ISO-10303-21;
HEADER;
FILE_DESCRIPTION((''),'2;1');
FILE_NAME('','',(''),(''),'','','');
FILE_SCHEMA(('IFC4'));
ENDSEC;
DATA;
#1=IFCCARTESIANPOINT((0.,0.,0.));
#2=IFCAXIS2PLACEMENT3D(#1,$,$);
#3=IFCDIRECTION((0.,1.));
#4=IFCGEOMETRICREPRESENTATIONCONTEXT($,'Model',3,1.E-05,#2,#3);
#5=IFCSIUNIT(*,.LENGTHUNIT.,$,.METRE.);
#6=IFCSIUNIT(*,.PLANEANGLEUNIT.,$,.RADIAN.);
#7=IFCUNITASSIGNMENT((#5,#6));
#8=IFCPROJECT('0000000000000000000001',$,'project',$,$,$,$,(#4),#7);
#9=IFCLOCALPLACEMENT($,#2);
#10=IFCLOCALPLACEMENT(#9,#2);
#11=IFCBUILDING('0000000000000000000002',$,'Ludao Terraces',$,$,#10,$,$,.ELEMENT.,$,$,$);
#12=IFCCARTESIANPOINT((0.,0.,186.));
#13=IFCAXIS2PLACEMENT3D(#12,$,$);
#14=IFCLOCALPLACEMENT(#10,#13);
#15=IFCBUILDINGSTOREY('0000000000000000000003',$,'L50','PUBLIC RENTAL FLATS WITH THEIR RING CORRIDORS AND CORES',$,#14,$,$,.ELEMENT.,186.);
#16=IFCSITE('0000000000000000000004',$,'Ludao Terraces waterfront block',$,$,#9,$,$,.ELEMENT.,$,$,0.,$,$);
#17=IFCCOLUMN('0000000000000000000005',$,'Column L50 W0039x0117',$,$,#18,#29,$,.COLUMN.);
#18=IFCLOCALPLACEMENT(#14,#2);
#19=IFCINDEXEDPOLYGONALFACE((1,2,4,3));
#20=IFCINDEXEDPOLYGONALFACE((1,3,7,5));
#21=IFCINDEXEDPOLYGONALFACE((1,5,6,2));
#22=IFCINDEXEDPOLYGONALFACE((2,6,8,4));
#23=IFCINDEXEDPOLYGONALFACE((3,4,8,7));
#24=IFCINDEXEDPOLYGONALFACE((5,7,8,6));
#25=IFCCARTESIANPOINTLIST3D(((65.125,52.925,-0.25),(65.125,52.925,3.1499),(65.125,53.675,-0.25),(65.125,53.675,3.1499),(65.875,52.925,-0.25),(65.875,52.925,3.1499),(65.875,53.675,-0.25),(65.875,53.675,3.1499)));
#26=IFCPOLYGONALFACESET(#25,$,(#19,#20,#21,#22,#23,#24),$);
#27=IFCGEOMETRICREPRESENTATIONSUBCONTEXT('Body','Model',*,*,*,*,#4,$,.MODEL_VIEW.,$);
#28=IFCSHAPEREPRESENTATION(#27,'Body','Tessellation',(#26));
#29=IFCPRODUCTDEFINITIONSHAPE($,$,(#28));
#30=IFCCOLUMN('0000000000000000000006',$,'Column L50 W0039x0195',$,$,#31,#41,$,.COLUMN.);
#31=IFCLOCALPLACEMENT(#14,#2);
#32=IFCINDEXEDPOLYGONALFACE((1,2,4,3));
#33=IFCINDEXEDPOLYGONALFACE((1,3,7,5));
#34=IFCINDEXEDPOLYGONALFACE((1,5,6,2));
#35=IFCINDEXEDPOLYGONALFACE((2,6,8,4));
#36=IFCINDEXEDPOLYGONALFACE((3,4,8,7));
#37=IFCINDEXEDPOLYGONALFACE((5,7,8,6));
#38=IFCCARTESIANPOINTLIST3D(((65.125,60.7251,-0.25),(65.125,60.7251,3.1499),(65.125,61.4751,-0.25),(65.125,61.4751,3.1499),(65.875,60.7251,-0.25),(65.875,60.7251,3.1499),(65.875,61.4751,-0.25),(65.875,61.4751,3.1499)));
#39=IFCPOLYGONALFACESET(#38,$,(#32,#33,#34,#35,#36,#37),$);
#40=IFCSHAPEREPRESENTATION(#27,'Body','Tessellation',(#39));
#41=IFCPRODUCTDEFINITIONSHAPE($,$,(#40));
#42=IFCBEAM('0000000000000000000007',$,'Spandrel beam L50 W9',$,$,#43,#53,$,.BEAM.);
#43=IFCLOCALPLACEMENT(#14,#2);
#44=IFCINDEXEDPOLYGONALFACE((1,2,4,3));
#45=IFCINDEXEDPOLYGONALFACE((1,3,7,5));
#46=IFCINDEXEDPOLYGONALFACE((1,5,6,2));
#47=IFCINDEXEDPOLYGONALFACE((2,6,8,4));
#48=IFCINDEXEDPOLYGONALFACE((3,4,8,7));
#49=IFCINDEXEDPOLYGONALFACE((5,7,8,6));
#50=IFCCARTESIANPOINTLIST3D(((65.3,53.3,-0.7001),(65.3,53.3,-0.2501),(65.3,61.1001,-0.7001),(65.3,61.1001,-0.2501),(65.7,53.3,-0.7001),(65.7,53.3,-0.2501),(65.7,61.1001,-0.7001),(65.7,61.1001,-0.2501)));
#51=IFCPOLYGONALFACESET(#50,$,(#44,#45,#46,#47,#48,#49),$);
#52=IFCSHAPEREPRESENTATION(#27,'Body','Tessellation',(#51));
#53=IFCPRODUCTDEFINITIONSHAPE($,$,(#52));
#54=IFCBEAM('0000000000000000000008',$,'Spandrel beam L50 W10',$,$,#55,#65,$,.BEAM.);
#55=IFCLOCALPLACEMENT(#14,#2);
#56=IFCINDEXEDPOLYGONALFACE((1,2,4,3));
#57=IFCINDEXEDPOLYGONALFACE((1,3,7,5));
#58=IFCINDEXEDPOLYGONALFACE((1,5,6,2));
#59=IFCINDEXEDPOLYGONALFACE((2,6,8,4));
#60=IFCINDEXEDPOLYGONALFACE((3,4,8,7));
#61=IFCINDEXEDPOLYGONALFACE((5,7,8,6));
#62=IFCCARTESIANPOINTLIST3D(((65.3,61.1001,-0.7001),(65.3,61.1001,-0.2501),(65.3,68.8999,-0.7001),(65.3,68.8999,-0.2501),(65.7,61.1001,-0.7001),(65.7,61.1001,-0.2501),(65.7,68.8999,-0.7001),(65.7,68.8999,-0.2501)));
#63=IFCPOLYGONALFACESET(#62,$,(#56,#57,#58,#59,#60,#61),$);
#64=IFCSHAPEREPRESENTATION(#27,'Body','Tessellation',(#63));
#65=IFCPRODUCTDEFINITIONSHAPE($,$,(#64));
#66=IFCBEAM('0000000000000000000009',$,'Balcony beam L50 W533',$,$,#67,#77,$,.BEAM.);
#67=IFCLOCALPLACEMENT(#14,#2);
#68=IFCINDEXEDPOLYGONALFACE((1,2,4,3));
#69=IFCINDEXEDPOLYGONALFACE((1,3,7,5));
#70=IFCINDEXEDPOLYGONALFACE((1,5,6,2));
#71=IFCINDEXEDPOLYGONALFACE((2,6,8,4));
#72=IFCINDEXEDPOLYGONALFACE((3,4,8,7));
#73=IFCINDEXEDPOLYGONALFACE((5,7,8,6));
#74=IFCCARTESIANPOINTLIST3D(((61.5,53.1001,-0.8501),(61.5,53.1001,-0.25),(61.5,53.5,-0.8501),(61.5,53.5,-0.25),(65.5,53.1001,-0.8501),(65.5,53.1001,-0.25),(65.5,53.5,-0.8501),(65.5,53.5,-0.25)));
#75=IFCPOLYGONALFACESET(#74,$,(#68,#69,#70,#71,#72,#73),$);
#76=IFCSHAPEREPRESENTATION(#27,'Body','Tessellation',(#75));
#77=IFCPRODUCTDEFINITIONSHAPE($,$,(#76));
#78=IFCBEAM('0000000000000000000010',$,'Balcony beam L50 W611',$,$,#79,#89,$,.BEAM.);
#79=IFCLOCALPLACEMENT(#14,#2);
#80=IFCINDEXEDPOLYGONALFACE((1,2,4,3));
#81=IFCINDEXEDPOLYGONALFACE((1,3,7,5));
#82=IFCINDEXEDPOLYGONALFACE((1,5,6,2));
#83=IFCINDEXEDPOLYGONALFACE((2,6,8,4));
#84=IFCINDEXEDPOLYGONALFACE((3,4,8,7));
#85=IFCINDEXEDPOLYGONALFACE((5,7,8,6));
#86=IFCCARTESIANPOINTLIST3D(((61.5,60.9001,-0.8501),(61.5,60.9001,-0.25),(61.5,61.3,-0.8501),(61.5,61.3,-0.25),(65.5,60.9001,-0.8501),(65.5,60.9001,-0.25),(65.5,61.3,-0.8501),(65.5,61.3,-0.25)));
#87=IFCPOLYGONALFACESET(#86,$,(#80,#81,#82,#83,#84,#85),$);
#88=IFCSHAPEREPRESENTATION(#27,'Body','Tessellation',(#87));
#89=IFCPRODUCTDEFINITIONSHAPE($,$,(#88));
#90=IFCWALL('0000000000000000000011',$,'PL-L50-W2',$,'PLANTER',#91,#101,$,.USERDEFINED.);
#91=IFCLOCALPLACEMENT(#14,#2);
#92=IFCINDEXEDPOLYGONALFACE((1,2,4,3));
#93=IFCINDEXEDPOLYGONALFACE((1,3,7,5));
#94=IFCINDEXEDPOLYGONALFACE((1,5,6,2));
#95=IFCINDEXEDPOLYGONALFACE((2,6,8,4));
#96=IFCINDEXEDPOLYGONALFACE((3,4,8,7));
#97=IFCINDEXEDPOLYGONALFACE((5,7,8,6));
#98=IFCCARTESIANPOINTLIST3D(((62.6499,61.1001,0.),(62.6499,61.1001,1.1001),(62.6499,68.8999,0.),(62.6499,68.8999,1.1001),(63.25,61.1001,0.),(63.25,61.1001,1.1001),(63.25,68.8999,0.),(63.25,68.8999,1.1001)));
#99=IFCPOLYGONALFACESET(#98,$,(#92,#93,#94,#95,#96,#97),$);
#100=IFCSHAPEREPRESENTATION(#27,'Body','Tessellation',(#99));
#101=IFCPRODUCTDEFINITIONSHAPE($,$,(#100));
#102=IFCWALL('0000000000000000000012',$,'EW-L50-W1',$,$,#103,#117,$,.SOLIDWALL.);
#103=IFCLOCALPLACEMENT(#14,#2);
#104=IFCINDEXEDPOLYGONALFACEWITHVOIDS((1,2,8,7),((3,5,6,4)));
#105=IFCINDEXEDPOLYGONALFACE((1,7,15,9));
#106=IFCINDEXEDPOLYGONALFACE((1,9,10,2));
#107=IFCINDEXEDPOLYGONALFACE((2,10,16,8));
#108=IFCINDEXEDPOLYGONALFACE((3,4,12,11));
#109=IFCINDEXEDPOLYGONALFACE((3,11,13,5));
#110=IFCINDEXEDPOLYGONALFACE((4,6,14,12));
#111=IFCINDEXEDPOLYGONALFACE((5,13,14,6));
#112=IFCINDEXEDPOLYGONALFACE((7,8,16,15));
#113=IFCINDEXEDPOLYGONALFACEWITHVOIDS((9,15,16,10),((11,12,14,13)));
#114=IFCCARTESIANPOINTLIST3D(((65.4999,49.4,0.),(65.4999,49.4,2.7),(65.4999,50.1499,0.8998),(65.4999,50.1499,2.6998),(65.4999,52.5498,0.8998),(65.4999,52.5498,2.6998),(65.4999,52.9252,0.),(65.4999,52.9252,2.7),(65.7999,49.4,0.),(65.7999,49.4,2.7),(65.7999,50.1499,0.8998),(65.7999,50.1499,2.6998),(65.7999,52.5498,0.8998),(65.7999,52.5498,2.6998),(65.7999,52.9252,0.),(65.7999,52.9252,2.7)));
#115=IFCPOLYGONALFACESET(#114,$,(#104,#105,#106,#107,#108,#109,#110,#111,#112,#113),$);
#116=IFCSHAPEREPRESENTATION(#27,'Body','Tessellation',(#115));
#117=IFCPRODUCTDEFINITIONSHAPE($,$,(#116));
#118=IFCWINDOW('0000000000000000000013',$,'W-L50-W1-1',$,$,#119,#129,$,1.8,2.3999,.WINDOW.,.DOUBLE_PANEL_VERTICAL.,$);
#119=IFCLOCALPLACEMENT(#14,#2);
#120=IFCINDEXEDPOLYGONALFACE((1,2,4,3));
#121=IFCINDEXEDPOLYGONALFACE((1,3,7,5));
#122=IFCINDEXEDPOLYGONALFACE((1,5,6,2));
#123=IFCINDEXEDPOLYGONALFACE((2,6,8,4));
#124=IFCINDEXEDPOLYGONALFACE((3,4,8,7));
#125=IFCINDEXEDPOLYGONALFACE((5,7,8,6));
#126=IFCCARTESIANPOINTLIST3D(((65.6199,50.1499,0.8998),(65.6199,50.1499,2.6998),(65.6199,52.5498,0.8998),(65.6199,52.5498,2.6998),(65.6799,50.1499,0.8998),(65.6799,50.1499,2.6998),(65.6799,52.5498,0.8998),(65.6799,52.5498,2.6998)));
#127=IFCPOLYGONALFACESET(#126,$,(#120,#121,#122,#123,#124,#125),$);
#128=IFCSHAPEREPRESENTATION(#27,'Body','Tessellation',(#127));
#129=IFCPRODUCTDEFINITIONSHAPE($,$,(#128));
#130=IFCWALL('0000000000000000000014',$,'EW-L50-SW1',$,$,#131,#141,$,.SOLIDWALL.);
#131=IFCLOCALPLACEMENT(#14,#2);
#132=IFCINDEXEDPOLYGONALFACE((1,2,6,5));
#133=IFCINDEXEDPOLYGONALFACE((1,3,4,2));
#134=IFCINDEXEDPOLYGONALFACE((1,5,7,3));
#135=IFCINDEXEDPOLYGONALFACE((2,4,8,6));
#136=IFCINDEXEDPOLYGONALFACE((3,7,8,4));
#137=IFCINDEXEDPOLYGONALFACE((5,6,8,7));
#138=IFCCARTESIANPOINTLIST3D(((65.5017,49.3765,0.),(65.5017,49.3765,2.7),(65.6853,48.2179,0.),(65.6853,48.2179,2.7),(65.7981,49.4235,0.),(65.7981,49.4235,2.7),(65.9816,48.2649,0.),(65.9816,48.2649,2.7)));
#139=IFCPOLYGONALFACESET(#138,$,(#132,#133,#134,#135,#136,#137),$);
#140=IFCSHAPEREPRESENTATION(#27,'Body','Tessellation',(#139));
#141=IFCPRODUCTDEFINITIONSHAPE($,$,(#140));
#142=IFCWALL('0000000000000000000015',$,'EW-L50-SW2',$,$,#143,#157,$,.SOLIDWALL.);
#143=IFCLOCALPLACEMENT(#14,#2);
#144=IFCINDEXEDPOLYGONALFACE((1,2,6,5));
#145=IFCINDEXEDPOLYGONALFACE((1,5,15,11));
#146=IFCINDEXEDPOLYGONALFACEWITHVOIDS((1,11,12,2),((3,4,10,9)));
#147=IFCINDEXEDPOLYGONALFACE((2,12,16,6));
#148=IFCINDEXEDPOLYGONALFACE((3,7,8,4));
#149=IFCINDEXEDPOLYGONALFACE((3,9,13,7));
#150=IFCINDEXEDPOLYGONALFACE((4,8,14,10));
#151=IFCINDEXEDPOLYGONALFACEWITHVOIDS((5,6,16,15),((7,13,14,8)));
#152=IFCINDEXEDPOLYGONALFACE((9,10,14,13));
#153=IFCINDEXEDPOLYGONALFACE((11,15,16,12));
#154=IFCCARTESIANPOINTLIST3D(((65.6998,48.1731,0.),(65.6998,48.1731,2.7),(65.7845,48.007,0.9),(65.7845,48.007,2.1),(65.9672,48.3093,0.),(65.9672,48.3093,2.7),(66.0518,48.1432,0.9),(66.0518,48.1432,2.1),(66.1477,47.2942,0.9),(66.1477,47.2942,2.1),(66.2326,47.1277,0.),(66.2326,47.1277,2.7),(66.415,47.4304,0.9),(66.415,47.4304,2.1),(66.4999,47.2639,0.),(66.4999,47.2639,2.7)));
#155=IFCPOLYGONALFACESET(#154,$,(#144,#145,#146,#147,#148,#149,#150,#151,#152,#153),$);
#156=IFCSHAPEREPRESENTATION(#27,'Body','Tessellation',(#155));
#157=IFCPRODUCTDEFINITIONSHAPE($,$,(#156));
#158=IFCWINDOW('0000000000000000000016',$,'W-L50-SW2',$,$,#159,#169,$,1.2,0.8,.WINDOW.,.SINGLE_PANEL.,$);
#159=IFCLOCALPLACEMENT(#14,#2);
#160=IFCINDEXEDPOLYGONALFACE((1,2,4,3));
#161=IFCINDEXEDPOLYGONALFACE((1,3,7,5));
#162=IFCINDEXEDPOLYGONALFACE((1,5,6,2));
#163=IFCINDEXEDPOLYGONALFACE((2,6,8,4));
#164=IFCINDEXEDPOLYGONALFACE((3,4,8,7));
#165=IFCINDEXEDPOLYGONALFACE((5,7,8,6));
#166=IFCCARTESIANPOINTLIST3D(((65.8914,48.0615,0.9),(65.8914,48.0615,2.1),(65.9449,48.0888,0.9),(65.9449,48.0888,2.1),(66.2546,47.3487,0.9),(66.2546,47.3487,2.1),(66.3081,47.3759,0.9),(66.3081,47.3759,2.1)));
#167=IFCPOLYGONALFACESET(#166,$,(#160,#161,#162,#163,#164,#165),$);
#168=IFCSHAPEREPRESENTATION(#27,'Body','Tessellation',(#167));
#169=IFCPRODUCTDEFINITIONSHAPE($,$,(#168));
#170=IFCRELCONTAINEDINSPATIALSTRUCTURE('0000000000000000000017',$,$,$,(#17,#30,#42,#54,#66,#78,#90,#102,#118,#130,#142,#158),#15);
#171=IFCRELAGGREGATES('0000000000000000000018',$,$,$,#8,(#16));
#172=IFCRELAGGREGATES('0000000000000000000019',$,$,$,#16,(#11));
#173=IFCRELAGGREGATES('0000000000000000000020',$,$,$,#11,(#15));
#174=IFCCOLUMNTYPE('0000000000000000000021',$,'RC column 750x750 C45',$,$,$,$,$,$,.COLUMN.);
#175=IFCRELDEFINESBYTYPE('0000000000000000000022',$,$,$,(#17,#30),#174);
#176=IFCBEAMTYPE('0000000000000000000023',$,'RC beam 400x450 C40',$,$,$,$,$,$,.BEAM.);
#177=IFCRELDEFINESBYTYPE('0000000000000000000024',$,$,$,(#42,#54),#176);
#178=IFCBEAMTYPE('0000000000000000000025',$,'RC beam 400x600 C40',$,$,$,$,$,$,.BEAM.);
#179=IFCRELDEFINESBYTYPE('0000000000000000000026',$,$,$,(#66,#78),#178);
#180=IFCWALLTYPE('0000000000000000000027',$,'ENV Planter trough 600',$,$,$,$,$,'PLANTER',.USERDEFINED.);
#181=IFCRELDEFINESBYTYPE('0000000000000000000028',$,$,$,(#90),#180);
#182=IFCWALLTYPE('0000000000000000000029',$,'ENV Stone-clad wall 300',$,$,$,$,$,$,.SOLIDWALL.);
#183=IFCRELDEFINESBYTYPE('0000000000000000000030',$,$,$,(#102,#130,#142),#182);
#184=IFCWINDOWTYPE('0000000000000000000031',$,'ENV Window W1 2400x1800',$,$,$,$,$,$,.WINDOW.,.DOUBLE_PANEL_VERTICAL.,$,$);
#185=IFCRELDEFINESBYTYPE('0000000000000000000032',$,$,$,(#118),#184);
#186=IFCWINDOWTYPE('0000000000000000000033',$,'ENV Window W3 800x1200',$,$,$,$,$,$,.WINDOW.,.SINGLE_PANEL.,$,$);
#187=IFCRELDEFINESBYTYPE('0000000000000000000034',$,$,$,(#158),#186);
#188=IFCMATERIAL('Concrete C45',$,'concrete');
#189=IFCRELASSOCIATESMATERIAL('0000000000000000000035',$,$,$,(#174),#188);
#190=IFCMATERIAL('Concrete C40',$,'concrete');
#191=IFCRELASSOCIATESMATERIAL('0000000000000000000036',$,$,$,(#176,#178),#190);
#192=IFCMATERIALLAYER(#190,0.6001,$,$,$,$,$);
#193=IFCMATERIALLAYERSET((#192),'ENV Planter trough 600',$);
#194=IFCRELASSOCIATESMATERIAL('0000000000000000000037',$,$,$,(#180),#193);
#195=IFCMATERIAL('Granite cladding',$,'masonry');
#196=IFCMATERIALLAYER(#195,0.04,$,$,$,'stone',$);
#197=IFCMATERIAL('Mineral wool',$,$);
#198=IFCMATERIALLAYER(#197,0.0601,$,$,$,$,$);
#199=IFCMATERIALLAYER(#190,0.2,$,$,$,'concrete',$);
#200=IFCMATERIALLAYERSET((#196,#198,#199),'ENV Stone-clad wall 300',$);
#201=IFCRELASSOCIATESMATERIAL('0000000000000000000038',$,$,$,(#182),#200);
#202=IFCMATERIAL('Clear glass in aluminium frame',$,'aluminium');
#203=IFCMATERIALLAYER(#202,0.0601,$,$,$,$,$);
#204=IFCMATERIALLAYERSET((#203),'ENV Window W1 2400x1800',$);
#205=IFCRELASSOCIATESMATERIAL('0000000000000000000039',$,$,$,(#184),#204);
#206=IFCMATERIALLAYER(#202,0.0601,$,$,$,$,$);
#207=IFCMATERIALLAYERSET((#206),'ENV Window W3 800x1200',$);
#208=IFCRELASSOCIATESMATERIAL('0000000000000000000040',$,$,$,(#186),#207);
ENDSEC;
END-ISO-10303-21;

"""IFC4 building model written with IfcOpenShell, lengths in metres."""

from ifc_helpers import new_model, si_unit, direction, frame, frame_2d, origin, origin_2d, place, context, subcontext, project, spatial, rectangle, extrude, material, layer, layer_set, material_profile, profile_set, type_object, element, fill, save


model = new_model("IFC4")

# Units and contexts
model_context = context("Model", 3, precision=1e-05, world=origin(), true_north=direction((0.0, 1.0)))
body_context = subcontext(model_context, "Body", "Model", "MODEL_VIEW")
ifc_project = project(units=[si_unit("LENGTHUNIT", "METRE"), si_unit("PLANEANGLEUNIT", "RADIAN")], contexts=[model_context])

# Site, building, storey
site_placement = place(None, origin())
site = spatial("IfcSite", under=ifc_project, at=site_placement, Name="Ludao Terraces waterfront block", CompositionType="ELEMENT", RefElevation=0.0)
building_placement = place(site_placement, origin())
building = spatial("IfcBuilding", under=site, at=building_placement, Name="Ludao Terraces", CompositionType="ELEMENT")
storey_placement = place(building_placement, frame((0.0, 0.0, 186.0)))
storey = spatial("IfcBuildingStorey", under=building, at=storey_placement, Name="L50", Description="PUBLIC RENTAL FLATS WITH THEIR RING CORRIDORS AND CORES", CompositionType="ELEMENT", Elevation=186.0)

# Columns
ifc_material_1 = material(Name="Concrete C45", Category="concrete")
ifc_material_profile_1 = material_profile(ifc_material_1, rectangle(XDim=0.75, YDim=0.75, at=origin_2d()), Name="750 X 750")
ifc_profile_set_1 = profile_set([ifc_material_profile_1], Name="Concrete C45")
column_type = type_object("IfcColumnType", Name="RC column 750x750 C45", PredefinedType="COLUMN", material=ifc_profile_set_1)
for number, where, z_axis, x_axis, name in (
    (1, (65.5, 53.3, -0.25), (0.0, 0.0, 1.0), (1.0, 0.0, 0.0), "Column L50 W0039x0117"),
    (2, (65.5, 61.1001, -0.25), (0.0, 0.0, 1.0), (1.0, 0.0, 0.0), "Column L50 W0039x0195"),
):
    element("IfcColumn", number, at=place(storey_placement, frame(where, z_axis=z_axis, x_axis=x_axis)), inside=storey, type_object=column_type, Name=name, PredefinedType="COLUMN", context=body_context, shape_type="SweptSolid", body=[
        extrude(rectangle(XDim=0.75, YDim=0.75, at=origin_2d()), origin(), (0.0, 0.0, 1.0), 3.3999),
    ])

# Beams
ifc_material_2 = material(Name="Concrete C40", Category="concrete")
ifc_material_profile_2 = material_profile(ifc_material_2, rectangle(XDim=0.3999, YDim=0.45, at=origin_2d()), Name="400 X 450")
ifc_profile_set_2 = profile_set([ifc_material_profile_2], Name="Concrete C40")
beam_type_1 = type_object("IfcBeamType", Name="RC beam 400x450 C40", PredefinedType="BEAM", material=ifc_profile_set_2)
beam_1_placement = place(storey_placement, frame((65.5, 53.3, -0.4751), z_axis=(0.0, 1.0, 0.0), x_axis=(-1.0, 0.0, 0.0)))
element("IfcBeam", 3, at=beam_1_placement, inside=storey, type_object=beam_type_1, Name="Spandrel beam L50 W9", PredefinedType="BEAM", context=body_context, shape_type="SweptSolid", body=[
    extrude(rectangle(XDim=0.3999, YDim=0.45, at=origin_2d()), origin(), (0.0, 0.0, 1.0), 7.8),
])
beam_2_placement = place(storey_placement, frame((65.5, 61.1001, -0.4751), z_axis=(0.0, 1.0, 0.0), x_axis=(-1.0, 0.0, 0.0)))
element("IfcBeam", 4, at=beam_2_placement, inside=storey, type_object=beam_type_1, Name="Spandrel beam L50 W10", PredefinedType="BEAM", context=body_context, shape_type="SweptSolid", body=[
    extrude(rectangle(XDim=0.3999, YDim=0.45, at=origin_2d()), origin(), (0.0, 0.0, 1.0), 7.7998),
])
ifc_material_profile_3 = material_profile(ifc_material_2, rectangle(XDim=0.3999, YDim=0.6001, at=origin_2d()), Name="400 X 600")
ifc_profile_set_3 = profile_set([ifc_material_profile_3], Name="Concrete C40")
beam_type_2 = type_object("IfcBeamType", Name="RC beam 400x600 C40", PredefinedType="BEAM", material=ifc_profile_set_3)
for number, where, z_axis, x_axis, name in (
    (5, (65.5, 53.3, -0.55), (-1.0, 0.0, 0.0), (0.0, -1.0, 0.0), "Balcony beam L50 W533"),
    (6, (65.5, 61.1001, -0.55), (-1.0, 0.0, 0.0), (0.0, -1.0, 0.0), "Balcony beam L50 W611"),
):
    element("IfcBeam", number, at=place(storey_placement, frame(where, z_axis=z_axis, x_axis=x_axis)), inside=storey, type_object=beam_type_2, Name=name, PredefinedType="BEAM", context=body_context, shape_type="SweptSolid", body=[
        extrude(rectangle(XDim=0.3999, YDim=0.6001, at=origin_2d()), origin(), (0.0, 0.0, 1.0), 4.0),
    ])

# Wall
ifc_layer_1 = layer(ifc_material_2, 0.6001)
ifc_layer_set_1 = layer_set([ifc_layer_1], Name="ENV Planter trough 600")
wall_type_1 = type_object("IfcWallType", Name="ENV Planter trough 600", ElementType="PLANTER", PredefinedType="USERDEFINED", material=ifc_layer_set_1)
wall_1_placement = place(storey_placement, frame((62.95, 61.1001, 0.0), z_axis=(0.0, 0.0, 1.0), x_axis=(0.0, 1.0, 0.0)))
element("IfcWall", 7, at=wall_1_placement, inside=storey, type_object=wall_type_1, Name="PL-L50-W2", ObjectType="PLANTER", PredefinedType="USERDEFINED", context=body_context, shape_type="SweptSolid", body=[
    extrude(rectangle(XDim=7.7998, YDim=0.6001, at=frame_2d((3.8999, 0.0))), origin(), (0.0, 0.0, 1.0), 1.1001),
])

# Wall, opening, window
ifc_material_3 = material(Name="Granite cladding", Category="masonry")
ifc_layer_2 = layer(ifc_material_3, 0.04, Category="stone")
ifc_material_4 = material(Name="Mineral wool")
ifc_layer_3 = layer(ifc_material_4, 0.0601)
ifc_layer_4 = layer(ifc_material_2, 0.2, Category="concrete")
ifc_layer_set_2 = layer_set([ifc_layer_2, ifc_layer_3, ifc_layer_4], Name="ENV Stone-clad wall 300")
wall_type_2 = type_object("IfcWallType", Name="ENV Stone-clad wall 300", PredefinedType="SOLIDWALL", material=ifc_layer_set_2)
wall_2_placement = place(storey_placement, frame((65.6499, 49.3999, 0.0), z_axis=(0.0, 0.0, 1.0), x_axis=(0.0, 1.0, 0.0)))
wall_2 = element("IfcWall", 8, at=wall_2_placement, inside=storey, type_object=wall_type_2, Name="EW-L50-W1", PredefinedType="SOLIDWALL", context=body_context, shape_type="SweptSolid", body=[
    extrude(rectangle(XDim=3.5251, YDim=0.3, at=frame_2d((1.7627, 0.0))), origin(), (0.0, 0.0, 1.0), 2.7),
])
opening_1_placement = place(wall_2_placement, frame((0.75, 0.0, 0.8999)))
opening_1 = element("IfcOpeningElement", 9, at=opening_1_placement, cuts=wall_2, PredefinedType="OPENING", context=body_context, shape_type="SweptSolid", body=[
    extrude(rectangle(XDim=2.3999, YDim=1.8, at=frame_2d((1.2, 0.8999))), frame((0.0, 0.1602, 0.0), z_axis=(0.0, -1.0, 0.0), x_axis=(1.0, 0.0, 0.0)), (0.0, 0.0, 1.0), 0.3201),
])
ifc_material_5 = material(Name="Clear glass in aluminium frame", Category="aluminium")
ifc_layer_5 = layer(ifc_material_5, 0.0601)
ifc_layer_set_3 = layer_set([ifc_layer_5], Name="ENV Window W1 2400x1800")
window_type_1 = type_object("IfcWindowType", Name="ENV Window W1 2400x1800", PartitioningType="DOUBLE_PANEL_VERTICAL", PredefinedType="WINDOW", material=ifc_layer_set_3)
window_1_placement = place(opening_1_placement, origin())
window_1 = element("IfcWindow", 10, at=window_1_placement, inside=storey, type_object=window_type_1, Name="W-L50-W1-1", OverallHeight=1.8, OverallWidth=2.3999, PartitioningType="DOUBLE_PANEL_VERTICAL", PredefinedType="WINDOW", context=body_context, shape_type="SweptSolid", body=[
    extrude(rectangle(XDim=2.3999, YDim=1.8, at=frame_2d((1.2, 0.8999))), frame((0.0, 0.03, 0.0), z_axis=(0.0, -1.0, 0.0), x_axis=(1.0, 0.0, 0.0)), (0.0, 0.0, 1.0), 0.0601),
])
fill(opening_1, window_1)

# Wall
wall_3_placement = place(storey_placement, frame((65.6499, 49.3999, 0.0), z_axis=(0.0, 0.0, 1.0), x_axis=(0.156497, -0.987678, 0.0)))
element("IfcWall", 11, at=wall_3_placement, inside=storey, type_object=wall_type_2, Name="EW-L50-SW1", PredefinedType="SOLIDWALL", context=body_context, shape_type="SweptSolid", body=[
    extrude(rectangle(XDim=1.1731, YDim=0.3, at=frame_2d((0.5864, 0.0))), origin(), (0.0, 0.0, 1.0), 2.7),
])

# Wall, opening, window
wall_4_placement = place(storey_placement, frame((65.8335, 48.2412, 0.0), z_axis=(0.0, 0.0, 1.0), x_axis=(0.454026, -0.890989, 0.0)))
wall_4 = element("IfcWall", 12, at=wall_4_placement, inside=storey, type_object=wall_type_2, Name="EW-L50-SW2", PredefinedType="SOLIDWALL", context=body_context, shape_type="SweptSolid", body=[
    extrude(rectangle(XDim=1.1733, YDim=0.3, at=frame_2d((0.5867, 0.0))), origin(), (0.0, 0.0, 1.0), 2.7),
])
opening_2_placement = place(wall_4_placement, frame((0.1865, 0.0, 0.8999)))
opening_2 = element("IfcOpeningElement", 13, at=opening_2_placement, cuts=wall_4, PredefinedType="OPENING", context=body_context, shape_type="SweptSolid", body=[
    extrude(rectangle(XDim=0.8, YDim=1.2, at=frame_2d((0.3999, 0.6001))), frame((0.0, 0.1602, 0.0), z_axis=(0.0, -1.0, 0.0), x_axis=(1.0, 0.0, 0.0)), (0.0, 0.0, 1.0), 0.3201),
])
ifc_layer_6 = layer(ifc_material_5, 0.0601)
ifc_layer_set_4 = layer_set([ifc_layer_6], Name="ENV Window W3 800x1200")
window_type_2 = type_object("IfcWindowType", Name="ENV Window W3 800x1200", PartitioningType="SINGLE_PANEL", PredefinedType="WINDOW", material=ifc_layer_set_4)
window_2_placement = place(opening_2_placement, origin())
window_2 = element("IfcWindow", 14, at=window_2_placement, inside=storey, type_object=window_type_2, Name="W-L50-SW2", OverallHeight=1.2, OverallWidth=0.8, PartitioningType="SINGLE_PANEL", PredefinedType="WINDOW", context=body_context, shape_type="SweptSolid", body=[
    extrude(rectangle(XDim=0.8, YDim=1.2, at=frame_2d((0.3999, 0.6001))), frame((0.0, 0.03, 0.0), z_axis=(0.0, -1.0, 0.0), x_axis=(1.0, 0.0, 0.0)), (0.0, 0.0, 1.0), 0.0601),
])
fill(opening_2, window_2)

save(model, "model.ifc")
